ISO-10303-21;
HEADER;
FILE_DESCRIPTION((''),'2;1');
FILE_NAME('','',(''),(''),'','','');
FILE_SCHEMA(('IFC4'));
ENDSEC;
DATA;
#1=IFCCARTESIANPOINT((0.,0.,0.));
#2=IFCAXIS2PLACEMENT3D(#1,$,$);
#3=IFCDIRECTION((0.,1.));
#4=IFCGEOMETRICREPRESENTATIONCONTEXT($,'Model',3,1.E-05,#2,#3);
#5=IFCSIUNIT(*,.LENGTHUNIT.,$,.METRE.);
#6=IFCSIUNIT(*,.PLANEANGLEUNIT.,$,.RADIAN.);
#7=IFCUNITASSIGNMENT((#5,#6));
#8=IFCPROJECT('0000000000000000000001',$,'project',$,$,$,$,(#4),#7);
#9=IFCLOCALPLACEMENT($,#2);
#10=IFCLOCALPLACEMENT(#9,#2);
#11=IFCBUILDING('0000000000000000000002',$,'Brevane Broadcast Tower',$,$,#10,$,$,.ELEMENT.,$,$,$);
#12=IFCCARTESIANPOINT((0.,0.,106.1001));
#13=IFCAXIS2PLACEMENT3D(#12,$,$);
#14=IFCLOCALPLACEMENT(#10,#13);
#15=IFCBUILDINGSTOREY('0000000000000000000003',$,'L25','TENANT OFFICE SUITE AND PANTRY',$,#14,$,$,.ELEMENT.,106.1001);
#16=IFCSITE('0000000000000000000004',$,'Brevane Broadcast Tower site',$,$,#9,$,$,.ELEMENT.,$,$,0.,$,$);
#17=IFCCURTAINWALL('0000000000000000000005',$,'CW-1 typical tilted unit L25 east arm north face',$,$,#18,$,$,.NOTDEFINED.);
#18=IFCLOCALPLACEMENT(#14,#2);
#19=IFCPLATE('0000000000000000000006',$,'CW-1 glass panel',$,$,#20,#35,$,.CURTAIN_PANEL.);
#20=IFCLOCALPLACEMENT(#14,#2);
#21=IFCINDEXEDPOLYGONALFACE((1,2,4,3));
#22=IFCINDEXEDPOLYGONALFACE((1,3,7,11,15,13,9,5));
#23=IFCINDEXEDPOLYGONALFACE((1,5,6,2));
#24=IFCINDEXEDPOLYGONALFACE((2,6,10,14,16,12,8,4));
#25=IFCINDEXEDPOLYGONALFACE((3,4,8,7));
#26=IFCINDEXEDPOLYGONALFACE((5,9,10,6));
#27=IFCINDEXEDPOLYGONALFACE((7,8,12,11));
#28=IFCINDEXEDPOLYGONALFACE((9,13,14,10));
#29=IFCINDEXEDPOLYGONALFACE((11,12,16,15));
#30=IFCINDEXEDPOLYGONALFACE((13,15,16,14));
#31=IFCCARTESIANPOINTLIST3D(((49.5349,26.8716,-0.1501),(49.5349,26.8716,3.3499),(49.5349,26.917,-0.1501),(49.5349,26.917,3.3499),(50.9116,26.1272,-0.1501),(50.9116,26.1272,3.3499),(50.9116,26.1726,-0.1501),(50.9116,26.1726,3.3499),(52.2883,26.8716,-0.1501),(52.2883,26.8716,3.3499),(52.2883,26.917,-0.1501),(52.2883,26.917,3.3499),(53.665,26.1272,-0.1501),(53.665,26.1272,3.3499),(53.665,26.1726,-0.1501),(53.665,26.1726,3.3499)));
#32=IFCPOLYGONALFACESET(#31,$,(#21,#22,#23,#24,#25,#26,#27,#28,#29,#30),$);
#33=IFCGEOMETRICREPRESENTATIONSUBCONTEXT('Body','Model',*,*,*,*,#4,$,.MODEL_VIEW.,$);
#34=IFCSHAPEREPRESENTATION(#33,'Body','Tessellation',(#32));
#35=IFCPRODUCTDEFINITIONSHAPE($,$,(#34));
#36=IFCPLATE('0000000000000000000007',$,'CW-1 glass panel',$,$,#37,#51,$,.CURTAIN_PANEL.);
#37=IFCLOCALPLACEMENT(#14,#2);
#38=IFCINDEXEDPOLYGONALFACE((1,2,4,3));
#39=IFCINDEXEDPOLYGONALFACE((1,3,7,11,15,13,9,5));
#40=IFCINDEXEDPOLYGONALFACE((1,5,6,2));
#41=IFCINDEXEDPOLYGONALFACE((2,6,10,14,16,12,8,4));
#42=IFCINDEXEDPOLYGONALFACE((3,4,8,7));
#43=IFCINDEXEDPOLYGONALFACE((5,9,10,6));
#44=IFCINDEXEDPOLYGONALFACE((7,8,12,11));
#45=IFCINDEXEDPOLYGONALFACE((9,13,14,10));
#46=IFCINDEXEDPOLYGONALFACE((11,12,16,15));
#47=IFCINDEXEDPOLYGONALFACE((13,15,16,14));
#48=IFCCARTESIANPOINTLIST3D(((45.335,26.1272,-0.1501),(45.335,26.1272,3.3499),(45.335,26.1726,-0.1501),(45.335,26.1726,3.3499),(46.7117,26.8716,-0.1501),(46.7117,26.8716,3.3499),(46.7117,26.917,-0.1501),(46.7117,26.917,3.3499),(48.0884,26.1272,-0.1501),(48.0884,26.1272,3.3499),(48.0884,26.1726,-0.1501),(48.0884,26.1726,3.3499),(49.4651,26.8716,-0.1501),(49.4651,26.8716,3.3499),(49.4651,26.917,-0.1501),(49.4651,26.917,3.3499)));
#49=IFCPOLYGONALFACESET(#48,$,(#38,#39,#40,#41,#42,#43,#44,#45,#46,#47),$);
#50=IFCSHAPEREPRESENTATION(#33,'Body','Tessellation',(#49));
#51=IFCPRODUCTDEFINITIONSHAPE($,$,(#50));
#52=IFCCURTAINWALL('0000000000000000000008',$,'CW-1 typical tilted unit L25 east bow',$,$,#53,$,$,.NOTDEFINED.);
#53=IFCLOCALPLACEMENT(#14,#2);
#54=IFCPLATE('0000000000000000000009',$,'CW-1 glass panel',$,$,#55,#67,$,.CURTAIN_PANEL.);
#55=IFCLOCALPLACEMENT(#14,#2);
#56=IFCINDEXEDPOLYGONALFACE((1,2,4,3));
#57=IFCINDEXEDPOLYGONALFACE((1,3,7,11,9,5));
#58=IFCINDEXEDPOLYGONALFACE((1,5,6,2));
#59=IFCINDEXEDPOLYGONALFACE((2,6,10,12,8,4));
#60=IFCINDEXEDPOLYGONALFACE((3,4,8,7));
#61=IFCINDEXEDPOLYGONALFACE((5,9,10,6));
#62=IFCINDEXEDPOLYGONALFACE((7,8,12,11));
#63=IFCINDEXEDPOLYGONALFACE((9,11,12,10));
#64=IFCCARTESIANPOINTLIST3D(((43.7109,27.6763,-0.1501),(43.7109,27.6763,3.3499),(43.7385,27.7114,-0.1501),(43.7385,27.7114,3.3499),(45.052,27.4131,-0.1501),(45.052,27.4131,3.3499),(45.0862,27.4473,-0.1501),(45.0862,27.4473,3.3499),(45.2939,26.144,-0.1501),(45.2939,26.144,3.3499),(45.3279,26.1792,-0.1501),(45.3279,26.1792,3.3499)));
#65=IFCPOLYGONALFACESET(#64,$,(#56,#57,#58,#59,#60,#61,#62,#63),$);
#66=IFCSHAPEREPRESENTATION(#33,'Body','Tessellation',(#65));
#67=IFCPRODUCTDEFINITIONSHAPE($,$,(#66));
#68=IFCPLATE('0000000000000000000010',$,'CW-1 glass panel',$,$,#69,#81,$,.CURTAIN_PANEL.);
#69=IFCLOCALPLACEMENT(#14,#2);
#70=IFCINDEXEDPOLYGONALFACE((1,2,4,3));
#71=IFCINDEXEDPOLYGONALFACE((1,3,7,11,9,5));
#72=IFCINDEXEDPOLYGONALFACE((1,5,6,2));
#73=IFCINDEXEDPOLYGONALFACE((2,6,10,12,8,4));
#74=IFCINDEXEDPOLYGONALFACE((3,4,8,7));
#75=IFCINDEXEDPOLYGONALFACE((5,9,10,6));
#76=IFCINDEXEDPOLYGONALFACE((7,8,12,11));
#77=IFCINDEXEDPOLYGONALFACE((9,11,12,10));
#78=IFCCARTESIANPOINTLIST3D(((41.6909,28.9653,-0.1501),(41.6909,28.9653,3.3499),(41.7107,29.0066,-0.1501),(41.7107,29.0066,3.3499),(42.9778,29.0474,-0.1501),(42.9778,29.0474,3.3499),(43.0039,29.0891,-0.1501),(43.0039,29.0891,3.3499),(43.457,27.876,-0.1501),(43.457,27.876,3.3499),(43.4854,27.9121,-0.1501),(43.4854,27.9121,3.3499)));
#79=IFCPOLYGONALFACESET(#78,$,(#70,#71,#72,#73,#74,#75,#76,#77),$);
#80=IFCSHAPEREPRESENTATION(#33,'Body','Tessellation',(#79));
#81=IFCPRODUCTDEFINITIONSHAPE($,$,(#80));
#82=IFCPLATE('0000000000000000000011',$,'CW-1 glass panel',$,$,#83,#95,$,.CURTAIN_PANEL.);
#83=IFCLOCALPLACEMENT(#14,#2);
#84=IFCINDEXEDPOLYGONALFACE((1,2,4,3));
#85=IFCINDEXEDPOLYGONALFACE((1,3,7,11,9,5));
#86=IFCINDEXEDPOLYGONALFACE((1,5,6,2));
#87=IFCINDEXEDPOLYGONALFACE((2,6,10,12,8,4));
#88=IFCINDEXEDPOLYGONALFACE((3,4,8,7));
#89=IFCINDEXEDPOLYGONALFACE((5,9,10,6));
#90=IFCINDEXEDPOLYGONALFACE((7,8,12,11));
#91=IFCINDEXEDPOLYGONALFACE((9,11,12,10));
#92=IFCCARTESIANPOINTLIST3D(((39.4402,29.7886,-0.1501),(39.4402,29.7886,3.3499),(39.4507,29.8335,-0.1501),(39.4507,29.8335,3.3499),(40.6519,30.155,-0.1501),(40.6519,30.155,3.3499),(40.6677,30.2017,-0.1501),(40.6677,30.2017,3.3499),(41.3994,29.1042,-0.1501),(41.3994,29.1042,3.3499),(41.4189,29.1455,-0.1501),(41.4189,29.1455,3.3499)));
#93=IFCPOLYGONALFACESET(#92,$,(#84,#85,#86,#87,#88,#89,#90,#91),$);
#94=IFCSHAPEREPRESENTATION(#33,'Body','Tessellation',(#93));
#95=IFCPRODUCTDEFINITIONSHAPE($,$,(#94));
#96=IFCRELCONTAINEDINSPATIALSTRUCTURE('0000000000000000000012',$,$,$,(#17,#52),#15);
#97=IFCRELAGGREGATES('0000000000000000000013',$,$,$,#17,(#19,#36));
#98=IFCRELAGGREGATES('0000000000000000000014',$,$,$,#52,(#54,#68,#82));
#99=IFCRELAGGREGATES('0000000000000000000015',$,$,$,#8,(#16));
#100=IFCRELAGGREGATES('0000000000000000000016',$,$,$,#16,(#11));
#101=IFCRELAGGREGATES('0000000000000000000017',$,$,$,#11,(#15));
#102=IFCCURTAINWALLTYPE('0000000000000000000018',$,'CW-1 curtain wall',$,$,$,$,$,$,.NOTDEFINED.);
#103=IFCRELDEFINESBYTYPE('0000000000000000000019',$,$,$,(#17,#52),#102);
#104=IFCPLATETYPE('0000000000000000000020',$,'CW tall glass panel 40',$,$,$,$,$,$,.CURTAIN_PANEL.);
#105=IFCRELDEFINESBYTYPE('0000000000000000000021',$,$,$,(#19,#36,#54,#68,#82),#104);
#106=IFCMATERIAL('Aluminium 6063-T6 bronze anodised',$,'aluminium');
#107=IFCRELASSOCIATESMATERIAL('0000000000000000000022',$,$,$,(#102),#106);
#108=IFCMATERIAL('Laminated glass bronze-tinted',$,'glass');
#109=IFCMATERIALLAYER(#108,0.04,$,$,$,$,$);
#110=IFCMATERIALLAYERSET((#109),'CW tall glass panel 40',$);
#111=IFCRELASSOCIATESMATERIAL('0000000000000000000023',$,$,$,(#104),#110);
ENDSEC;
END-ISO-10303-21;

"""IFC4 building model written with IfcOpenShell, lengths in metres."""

from ifc_helpers import new_model, si_unit, direction, frame, origin, place, context, subcontext, project, spatial, polyline, outline, extrude, material, layer, layer_set, type_object, element, aggregate, save


model = new_model("IFC4")

# Units and contexts
model_context = context("Model", 3, precision=1e-05, world=origin(), true_north=direction((0.0, 1.0)))
body_context = subcontext(model_context, "Body", "Model", "MODEL_VIEW")
ifc_project = project(units=[si_unit("LENGTHUNIT", "METRE"), si_unit("PLANEANGLEUNIT", "RADIAN")], contexts=[model_context])

# Site, building, storey
site_placement = place(None, origin())
site = spatial("IfcSite", under=ifc_project, at=site_placement, Name="Brevane Broadcast Tower site", CompositionType="ELEMENT", RefElevation=0.0)
building_placement = place(site_placement, origin())
building = spatial("IfcBuilding", under=site, at=building_placement, Name="Brevane Broadcast Tower", CompositionType="ELEMENT")
storey_placement = place(building_placement, frame((0.0, 0.0, 106.1001)))
storey = spatial("IfcBuildingStorey", under=building, at=storey_placement, Name="L25", Description="TENANT OFFICE SUITE AND PANTRY", CompositionType="ELEMENT", Elevation=106.1001)

# Curtain walls, plates
ifc_material_1 = material(Name="Aluminium 6063-T6 bronze anodised", Category="aluminium")
curtain_wall_type = type_object("IfcCurtainWallType", Name="CW-1 curtain wall", PredefinedType="NOTDEFINED", material=ifc_material_1)
ifc_material_2 = material(Name="Laminated glass bronze-tinted", Category="glass")
ifc_layer = layer(ifc_material_2, 0.04)
ifc_layer_set = layer_set([ifc_layer], Name="CW tall glass panel 40")
plate_type = type_object("IfcPlateType", Name="CW tall glass panel 40", PredefinedType="CURTAIN_PANEL", material=ifc_layer_set)
curtain_wall_1_placement = place(storey_placement, origin())
curtain_wall_1 = element("IfcCurtainWall", 1, at=curtain_wall_1_placement, inside=storey, type_object=curtain_wall_type, Name="CW-1 typical tilted unit L25 east arm north face", PredefinedType="NOTDEFINED")
plate_1_placement = place(storey_placement, frame((0.0, 0.0, -0.1501)))
plate_1 = element("IfcPlate", 2, at=plate_1_placement, type_object=plate_type, Name="CW-1 glass panel", PredefinedType="CURTAIN_PANEL", context=body_context, shape_type="SweptSolid", body=[
    extrude(outline(polyline([(53.665, 26.1272), (53.665, 26.1726), (52.2883, 26.917), (50.9116, 26.1726), (49.5349, 26.917), (49.5349, 26.8716), (50.9116, 26.1272), (52.2883, 26.8716), (53.665, 26.1272)])), origin(), (0.0, 0.0, 1.0), 3.5),
])
plate_2_placement = place(storey_placement, frame((0.0, 0.0, -0.1501)))
plate_2 = element("IfcPlate", 3, at=plate_2_placement, type_object=plate_type, Name="CW-1 glass panel", PredefinedType="CURTAIN_PANEL", context=body_context, shape_type="SweptSolid", body=[
    extrude(outline(polyline([(49.4651, 26.8716), (49.4651, 26.917), (48.0884, 26.1726), (46.7117, 26.917), (45.335, 26.1726), (45.335, 26.1272), (46.7117, 26.8716), (48.0884, 26.1272), (49.4651, 26.8716)])), origin(), (0.0, 0.0, 1.0), 3.5),
])
aggregate(curtain_wall_1, [plate_1, plate_2])
curtain_wall_2_placement = place(storey_placement, origin())
curtain_wall_2 = element("IfcCurtainWall", 4, at=curtain_wall_2_placement, inside=storey, type_object=curtain_wall_type, Name="CW-1 typical tilted unit L25 east bow", PredefinedType="NOTDEFINED")
plate_3_placement = place(storey_placement, frame((0.0, 0.0, -0.1501)))
plate_3 = element("IfcPlate", 5, at=plate_3_placement, type_object=plate_type, Name="CW-1 glass panel", PredefinedType="CURTAIN_PANEL", context=body_context, shape_type="SweptSolid", body=[
    extrude(outline(polyline([(45.2939, 26.144), (45.3279, 26.1792), (45.0862, 27.4473), (43.7385, 27.7114), (43.7109, 27.6763), (45.052, 27.4131), (45.2939, 26.144)])), origin(), (0.0, 0.0, 1.0), 3.5),
])
plate_4_placement = place(storey_placement, frame((0.0, 0.0, -0.1501)))
plate_4 = element("IfcPlate", 6, at=plate_4_placement, type_object=plate_type, Name="CW-1 glass panel", PredefinedType="CURTAIN_PANEL", context=body_context, shape_type="SweptSolid", body=[
    extrude(outline(polyline([(43.457, 27.876), (43.4854, 27.9121), (43.0039, 29.0891), (41.7107, 29.0066), (41.6909, 28.9653), (42.9778, 29.0474), (43.457, 27.876)])), origin(), (0.0, 0.0, 1.0), 3.5),
])
plate_5_placement = place(storey_placement, frame((0.0, 0.0, -0.1501)))
plate_5 = element("IfcPlate", 7, at=plate_5_placement, type_object=plate_type, Name="CW-1 glass panel", PredefinedType="CURTAIN_PANEL", context=body_context, shape_type="SweptSolid", body=[
    extrude(outline(polyline([(41.3994, 29.1042), (41.4189, 29.1455), (40.6677, 30.2017), (39.4507, 29.8335), (39.4402, 29.7886), (40.6519, 30.155), (41.3994, 29.1042)])), origin(), (0.0, 0.0, 1.0), 3.5),
])
aggregate(curtain_wall_2, [plate_3, plate_4, plate_5])

save(model, "model.ifc")
